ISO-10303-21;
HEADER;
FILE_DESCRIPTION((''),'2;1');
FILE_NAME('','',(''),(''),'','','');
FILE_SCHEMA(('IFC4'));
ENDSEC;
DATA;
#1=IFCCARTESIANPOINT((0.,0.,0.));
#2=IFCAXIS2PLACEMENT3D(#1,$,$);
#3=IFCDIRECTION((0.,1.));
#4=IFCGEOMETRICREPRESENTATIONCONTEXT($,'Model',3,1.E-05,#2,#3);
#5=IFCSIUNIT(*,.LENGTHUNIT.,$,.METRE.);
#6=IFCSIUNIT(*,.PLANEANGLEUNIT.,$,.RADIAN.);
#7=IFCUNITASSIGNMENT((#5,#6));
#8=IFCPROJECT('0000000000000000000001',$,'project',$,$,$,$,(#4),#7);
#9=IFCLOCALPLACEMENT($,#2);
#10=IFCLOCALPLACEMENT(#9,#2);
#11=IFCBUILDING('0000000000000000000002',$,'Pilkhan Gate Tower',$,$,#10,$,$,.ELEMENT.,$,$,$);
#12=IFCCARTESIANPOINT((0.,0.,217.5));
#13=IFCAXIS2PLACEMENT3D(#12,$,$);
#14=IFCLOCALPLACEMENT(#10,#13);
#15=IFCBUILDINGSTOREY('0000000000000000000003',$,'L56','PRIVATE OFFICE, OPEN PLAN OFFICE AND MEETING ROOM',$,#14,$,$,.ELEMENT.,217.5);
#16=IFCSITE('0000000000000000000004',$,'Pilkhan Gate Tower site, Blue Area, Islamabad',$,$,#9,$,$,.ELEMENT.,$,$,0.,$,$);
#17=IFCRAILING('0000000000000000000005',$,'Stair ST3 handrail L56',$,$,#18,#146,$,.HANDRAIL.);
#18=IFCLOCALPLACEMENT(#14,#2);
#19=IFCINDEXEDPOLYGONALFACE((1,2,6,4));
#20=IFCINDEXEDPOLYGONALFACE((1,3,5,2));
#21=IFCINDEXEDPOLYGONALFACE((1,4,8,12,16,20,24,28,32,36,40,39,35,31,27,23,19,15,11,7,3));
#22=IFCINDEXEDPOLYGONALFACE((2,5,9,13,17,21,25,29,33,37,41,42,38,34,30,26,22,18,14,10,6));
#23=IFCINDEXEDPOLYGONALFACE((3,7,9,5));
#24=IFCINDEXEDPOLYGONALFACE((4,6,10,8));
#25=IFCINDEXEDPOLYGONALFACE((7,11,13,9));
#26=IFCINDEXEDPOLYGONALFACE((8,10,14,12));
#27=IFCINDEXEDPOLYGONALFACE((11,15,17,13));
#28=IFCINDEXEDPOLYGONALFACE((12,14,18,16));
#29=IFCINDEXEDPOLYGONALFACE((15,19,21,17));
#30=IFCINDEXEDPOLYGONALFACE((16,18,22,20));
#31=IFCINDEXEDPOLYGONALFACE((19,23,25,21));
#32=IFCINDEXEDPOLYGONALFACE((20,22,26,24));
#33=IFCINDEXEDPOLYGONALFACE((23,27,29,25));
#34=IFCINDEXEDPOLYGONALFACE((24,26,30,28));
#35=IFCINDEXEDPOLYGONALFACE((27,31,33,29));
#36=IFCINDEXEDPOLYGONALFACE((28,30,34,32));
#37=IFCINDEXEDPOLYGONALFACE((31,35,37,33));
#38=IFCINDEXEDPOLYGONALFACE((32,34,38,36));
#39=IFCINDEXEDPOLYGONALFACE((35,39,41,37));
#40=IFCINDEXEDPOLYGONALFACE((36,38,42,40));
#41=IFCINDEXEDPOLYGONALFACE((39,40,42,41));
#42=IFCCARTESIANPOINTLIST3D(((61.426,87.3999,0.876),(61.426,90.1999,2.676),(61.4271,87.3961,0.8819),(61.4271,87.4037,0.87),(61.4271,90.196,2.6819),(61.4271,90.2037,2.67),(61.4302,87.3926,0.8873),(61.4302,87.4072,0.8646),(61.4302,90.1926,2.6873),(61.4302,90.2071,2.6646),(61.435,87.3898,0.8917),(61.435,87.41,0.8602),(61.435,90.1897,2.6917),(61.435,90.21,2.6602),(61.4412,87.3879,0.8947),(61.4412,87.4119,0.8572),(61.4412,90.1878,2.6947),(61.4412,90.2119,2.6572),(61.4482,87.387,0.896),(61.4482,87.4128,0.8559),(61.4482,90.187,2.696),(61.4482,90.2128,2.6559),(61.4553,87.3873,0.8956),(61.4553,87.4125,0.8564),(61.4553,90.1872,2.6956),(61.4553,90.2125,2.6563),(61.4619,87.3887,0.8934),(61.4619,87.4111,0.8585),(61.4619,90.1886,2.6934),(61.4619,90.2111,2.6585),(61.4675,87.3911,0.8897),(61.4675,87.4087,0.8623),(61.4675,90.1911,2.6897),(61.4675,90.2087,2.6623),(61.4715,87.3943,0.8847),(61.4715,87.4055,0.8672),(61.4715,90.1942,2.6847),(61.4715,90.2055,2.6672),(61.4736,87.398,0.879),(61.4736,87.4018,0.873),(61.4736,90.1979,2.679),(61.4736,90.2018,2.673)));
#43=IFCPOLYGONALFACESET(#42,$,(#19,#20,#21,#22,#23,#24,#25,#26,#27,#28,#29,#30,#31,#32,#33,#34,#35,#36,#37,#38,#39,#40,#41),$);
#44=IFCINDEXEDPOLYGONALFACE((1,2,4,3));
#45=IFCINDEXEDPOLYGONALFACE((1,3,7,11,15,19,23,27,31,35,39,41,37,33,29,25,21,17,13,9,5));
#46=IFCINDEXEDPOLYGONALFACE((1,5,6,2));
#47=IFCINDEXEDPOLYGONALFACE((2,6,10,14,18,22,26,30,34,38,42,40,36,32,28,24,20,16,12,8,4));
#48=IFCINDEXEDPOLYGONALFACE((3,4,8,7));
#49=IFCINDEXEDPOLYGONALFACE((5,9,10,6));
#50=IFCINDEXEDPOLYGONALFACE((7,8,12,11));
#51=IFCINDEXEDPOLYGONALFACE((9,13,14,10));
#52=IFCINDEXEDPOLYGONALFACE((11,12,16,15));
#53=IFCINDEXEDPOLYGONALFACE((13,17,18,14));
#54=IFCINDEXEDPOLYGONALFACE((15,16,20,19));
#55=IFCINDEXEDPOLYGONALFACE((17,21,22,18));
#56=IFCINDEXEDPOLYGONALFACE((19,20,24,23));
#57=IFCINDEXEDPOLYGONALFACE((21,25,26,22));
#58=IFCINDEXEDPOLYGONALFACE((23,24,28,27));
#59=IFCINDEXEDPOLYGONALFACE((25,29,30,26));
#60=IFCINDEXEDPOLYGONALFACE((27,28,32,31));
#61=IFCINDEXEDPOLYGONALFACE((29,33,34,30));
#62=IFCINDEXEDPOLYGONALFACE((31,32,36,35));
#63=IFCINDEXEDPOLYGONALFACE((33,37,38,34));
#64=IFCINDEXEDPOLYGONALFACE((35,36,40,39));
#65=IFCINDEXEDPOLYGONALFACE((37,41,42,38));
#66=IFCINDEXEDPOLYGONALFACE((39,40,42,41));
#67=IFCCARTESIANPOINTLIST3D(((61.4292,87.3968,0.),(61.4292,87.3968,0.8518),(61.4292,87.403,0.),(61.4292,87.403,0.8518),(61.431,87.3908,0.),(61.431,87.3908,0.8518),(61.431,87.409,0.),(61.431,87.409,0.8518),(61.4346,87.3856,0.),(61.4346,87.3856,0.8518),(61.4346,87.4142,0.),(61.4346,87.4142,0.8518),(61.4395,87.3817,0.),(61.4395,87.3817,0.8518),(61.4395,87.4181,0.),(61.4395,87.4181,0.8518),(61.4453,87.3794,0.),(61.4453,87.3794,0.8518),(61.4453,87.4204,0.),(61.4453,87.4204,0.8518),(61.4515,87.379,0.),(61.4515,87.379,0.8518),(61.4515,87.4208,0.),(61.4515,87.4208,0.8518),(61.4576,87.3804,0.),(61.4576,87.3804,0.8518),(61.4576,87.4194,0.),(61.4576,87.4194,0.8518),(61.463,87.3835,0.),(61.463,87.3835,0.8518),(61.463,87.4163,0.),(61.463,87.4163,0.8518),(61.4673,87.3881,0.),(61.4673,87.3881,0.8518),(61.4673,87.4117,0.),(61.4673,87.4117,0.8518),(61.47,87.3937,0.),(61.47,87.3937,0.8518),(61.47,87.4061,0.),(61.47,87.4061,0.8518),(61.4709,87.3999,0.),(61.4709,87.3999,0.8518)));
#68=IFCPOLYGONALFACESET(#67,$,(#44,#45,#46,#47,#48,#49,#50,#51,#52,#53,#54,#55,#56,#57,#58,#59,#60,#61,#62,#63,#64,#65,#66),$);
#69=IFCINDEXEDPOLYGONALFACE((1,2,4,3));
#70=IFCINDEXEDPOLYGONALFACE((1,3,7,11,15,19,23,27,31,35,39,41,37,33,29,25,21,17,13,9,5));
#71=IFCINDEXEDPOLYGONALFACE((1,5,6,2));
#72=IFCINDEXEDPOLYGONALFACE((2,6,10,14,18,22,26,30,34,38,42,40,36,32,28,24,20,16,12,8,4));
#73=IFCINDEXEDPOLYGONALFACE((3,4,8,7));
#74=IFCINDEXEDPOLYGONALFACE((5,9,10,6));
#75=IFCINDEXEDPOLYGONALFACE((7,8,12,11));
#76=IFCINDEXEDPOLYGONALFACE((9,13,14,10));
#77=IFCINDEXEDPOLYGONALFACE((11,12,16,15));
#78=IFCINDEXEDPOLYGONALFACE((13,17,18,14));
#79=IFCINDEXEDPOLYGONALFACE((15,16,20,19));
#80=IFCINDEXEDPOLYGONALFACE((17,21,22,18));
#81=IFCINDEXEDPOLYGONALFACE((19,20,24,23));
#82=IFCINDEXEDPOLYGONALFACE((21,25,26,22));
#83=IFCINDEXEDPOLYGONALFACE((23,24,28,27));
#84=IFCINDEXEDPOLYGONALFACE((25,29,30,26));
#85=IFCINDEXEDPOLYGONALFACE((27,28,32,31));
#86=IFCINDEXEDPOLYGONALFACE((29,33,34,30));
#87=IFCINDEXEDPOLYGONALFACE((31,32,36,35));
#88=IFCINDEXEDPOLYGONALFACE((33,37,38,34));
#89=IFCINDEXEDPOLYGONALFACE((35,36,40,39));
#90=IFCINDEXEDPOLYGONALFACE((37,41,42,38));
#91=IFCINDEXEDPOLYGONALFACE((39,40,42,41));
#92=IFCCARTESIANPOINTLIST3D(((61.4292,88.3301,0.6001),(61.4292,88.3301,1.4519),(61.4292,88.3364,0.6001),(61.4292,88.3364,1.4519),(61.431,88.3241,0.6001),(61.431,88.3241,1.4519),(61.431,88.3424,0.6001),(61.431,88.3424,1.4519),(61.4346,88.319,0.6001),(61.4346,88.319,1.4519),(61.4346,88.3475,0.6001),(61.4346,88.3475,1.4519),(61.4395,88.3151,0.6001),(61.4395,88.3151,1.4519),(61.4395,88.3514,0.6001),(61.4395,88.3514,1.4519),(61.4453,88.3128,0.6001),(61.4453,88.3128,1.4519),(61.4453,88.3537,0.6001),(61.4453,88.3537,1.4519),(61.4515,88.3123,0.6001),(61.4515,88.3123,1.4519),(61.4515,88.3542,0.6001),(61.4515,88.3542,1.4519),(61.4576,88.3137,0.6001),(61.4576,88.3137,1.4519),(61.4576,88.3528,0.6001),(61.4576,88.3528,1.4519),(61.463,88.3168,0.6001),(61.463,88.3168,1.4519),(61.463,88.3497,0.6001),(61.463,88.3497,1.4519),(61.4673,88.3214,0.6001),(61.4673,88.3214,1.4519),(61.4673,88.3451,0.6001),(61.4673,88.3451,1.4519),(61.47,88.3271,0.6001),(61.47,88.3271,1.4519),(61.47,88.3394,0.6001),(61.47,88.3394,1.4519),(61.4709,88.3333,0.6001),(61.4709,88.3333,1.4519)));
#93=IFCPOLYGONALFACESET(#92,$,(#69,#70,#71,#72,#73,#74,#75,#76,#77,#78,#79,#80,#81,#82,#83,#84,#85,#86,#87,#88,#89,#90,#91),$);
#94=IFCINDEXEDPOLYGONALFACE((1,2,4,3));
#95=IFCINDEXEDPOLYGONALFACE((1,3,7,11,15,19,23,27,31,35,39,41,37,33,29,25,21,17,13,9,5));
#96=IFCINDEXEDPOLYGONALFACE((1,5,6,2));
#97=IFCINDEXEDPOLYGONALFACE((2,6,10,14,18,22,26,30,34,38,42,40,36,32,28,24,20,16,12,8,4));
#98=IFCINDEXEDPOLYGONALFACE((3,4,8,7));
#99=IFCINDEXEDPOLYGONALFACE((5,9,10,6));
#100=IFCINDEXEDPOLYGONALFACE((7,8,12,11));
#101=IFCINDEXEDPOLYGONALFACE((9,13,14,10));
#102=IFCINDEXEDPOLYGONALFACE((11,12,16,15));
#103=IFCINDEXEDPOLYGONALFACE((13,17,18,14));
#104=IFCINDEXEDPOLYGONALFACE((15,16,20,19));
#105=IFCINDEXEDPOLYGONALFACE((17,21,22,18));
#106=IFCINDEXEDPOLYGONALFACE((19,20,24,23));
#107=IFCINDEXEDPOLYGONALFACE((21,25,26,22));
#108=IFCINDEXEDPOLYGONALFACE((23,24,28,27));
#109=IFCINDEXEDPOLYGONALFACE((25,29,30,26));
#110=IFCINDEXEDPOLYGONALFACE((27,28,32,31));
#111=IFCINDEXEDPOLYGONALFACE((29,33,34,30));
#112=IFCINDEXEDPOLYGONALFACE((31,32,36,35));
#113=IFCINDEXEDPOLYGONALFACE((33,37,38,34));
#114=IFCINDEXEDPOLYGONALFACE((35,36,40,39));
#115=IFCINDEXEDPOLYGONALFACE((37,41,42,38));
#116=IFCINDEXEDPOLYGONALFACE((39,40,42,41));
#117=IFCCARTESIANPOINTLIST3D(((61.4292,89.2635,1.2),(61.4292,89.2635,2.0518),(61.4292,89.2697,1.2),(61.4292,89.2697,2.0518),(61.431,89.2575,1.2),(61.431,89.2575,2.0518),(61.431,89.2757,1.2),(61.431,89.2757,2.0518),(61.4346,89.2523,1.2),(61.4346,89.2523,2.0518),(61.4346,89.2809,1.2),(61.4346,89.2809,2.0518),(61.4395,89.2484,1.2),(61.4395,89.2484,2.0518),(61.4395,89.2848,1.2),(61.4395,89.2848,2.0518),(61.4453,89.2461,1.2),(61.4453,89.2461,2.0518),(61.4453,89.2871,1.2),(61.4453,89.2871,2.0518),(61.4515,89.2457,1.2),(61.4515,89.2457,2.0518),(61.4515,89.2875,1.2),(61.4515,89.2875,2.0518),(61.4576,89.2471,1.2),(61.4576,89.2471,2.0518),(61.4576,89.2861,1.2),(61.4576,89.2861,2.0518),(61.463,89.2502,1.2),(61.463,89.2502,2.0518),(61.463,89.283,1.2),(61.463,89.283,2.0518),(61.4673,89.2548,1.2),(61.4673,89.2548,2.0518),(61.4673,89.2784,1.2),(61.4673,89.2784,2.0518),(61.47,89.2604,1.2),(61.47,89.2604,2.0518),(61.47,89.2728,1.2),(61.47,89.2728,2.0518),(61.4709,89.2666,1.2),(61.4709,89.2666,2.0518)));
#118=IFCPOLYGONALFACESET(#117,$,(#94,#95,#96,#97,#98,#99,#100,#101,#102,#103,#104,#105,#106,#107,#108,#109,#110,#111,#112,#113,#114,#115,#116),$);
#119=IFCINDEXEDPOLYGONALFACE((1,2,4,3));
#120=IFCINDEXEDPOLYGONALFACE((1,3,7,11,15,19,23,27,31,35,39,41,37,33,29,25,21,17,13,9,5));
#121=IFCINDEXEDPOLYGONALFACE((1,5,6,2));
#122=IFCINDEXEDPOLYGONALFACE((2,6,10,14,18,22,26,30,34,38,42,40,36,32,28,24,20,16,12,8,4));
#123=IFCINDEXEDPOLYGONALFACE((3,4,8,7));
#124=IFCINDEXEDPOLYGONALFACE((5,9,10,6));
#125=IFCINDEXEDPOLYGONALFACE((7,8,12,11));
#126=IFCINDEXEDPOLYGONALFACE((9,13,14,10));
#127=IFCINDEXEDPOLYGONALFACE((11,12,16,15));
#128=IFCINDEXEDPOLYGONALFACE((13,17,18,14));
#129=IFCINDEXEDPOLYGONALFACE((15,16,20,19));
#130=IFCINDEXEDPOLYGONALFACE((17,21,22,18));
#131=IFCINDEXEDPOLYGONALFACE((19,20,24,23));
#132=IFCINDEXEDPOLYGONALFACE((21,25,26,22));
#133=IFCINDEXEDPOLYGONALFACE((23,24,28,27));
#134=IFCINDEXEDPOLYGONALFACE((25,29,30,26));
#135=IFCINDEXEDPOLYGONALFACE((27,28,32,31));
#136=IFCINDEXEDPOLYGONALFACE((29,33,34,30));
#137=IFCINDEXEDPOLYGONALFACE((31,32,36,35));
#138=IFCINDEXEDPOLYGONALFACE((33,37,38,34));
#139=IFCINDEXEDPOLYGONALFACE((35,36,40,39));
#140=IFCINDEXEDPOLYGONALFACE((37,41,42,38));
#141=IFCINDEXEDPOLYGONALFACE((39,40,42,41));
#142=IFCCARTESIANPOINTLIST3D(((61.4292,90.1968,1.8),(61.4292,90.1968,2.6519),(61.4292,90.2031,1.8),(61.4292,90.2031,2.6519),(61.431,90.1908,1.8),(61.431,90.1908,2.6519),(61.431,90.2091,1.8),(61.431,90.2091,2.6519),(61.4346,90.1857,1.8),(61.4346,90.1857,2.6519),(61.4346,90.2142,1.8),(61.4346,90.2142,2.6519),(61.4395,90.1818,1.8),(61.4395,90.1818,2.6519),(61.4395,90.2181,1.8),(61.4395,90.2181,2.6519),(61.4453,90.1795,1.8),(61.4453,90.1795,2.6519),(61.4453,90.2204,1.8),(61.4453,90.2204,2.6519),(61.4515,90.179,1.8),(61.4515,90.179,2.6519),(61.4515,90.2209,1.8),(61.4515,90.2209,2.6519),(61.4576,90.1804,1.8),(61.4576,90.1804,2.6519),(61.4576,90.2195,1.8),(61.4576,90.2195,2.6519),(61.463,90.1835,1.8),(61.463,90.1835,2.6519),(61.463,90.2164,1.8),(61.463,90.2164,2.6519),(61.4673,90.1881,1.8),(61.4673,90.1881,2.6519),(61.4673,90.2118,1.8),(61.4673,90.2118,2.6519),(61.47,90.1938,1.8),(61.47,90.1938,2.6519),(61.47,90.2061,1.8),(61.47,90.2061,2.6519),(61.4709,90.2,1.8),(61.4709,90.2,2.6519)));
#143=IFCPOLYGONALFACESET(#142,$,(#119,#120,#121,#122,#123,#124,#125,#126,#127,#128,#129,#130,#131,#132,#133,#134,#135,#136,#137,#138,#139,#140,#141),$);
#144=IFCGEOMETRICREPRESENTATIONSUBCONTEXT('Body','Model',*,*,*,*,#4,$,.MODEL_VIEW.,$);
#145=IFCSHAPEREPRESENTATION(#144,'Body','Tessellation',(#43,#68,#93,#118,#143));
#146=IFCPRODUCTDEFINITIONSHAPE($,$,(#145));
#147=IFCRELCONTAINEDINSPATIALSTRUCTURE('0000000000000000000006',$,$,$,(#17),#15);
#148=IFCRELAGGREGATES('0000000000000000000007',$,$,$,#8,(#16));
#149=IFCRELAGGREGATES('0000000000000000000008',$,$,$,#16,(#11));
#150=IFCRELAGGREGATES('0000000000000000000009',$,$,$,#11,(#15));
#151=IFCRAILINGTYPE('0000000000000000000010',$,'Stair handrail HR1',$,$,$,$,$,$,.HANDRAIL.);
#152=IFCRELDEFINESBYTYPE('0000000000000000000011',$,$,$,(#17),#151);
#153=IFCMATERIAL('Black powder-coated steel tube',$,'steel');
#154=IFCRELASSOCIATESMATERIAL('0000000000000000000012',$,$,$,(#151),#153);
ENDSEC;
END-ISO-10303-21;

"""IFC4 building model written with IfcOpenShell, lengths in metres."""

from ifc_helpers import new_model, si_unit, direction, frame, origin, origin_2d, place, context, subcontext, project, spatial, circle, extrude, material, type_object, element, save


model = new_model("IFC4")

# Units and contexts
model_context = context("Model", 3, precision=1e-05, world=origin(), true_north=direction((0.0, 1.0)))
body_context = subcontext(model_context, "Body", "Model", "MODEL_VIEW")
ifc_project = project(units=[si_unit("LENGTHUNIT", "METRE"), si_unit("PLANEANGLEUNIT", "RADIAN")], contexts=[model_context])

# Site, building, storey
site_placement = place(None, origin())
site = spatial("IfcSite", under=ifc_project, at=site_placement, Name="Pilkhan Gate Tower site, Blue Area, Islamabad", CompositionType="ELEMENT", RefElevation=0.0)
building_placement = place(site_placement, origin())
building = spatial("IfcBuilding", under=site, at=building_placement, Name="Pilkhan Gate Tower", CompositionType="ELEMENT")
storey_placement = place(building_placement, frame((0.0, 0.0, 217.5)))
storey = spatial("IfcBuildingStorey", under=building, at=storey_placement, Name="L56", Description="PRIVATE OFFICE, OPEN PLAN OFFICE AND MEETING ROOM", CompositionType="ELEMENT", Elevation=217.5)

# Railing
ifc_material_1 = material(Name="Black powder-coated steel tube", Category="steel")
railing_type_1 = type_object("IfcRailingType", Name="Stair handrail HR1", PredefinedType="HANDRAIL", material=ifc_material_1)
railing_1_placement = place(storey_placement, frame((61.45, 87.3999, 0.0)))
element("IfcRailing", 1, at=railing_1_placement, inside=storey, type_object=railing_type_1, Name="Stair ST3 handrail L56", PredefinedType="HANDRAIL", context=body_context, shape_type="SweptSolid", body=[
    extrude(circle(Radius=0.0239, at=origin_2d()), frame((0.0, 0.0, 0.876), z_axis=(0.0, 0.841176, 0.540761), x_axis=(-1.0, 0.0, 0.0)), (0.0, 0.0, 1.0), 3.3286),
    extrude(circle(Radius=0.021, at=origin_2d()), origin(), (0.0, 0.0, 1.0), 0.8518),
    extrude(circle(Radius=0.021, at=origin_2d()), frame((0.0, 0.9333, 0.6001)), (0.0, 0.0, 1.0), 0.8518),
    extrude(circle(Radius=0.021, at=origin_2d()), frame((0.0, 1.8667, 1.2)), (0.0, 0.0, 1.0), 0.8518),
    extrude(circle(Radius=0.021, at=origin_2d()), frame((0.0, 2.8, 1.8)), (0.0, 0.0, 1.0), 0.8518),
])

save(model, "model.ifc")
